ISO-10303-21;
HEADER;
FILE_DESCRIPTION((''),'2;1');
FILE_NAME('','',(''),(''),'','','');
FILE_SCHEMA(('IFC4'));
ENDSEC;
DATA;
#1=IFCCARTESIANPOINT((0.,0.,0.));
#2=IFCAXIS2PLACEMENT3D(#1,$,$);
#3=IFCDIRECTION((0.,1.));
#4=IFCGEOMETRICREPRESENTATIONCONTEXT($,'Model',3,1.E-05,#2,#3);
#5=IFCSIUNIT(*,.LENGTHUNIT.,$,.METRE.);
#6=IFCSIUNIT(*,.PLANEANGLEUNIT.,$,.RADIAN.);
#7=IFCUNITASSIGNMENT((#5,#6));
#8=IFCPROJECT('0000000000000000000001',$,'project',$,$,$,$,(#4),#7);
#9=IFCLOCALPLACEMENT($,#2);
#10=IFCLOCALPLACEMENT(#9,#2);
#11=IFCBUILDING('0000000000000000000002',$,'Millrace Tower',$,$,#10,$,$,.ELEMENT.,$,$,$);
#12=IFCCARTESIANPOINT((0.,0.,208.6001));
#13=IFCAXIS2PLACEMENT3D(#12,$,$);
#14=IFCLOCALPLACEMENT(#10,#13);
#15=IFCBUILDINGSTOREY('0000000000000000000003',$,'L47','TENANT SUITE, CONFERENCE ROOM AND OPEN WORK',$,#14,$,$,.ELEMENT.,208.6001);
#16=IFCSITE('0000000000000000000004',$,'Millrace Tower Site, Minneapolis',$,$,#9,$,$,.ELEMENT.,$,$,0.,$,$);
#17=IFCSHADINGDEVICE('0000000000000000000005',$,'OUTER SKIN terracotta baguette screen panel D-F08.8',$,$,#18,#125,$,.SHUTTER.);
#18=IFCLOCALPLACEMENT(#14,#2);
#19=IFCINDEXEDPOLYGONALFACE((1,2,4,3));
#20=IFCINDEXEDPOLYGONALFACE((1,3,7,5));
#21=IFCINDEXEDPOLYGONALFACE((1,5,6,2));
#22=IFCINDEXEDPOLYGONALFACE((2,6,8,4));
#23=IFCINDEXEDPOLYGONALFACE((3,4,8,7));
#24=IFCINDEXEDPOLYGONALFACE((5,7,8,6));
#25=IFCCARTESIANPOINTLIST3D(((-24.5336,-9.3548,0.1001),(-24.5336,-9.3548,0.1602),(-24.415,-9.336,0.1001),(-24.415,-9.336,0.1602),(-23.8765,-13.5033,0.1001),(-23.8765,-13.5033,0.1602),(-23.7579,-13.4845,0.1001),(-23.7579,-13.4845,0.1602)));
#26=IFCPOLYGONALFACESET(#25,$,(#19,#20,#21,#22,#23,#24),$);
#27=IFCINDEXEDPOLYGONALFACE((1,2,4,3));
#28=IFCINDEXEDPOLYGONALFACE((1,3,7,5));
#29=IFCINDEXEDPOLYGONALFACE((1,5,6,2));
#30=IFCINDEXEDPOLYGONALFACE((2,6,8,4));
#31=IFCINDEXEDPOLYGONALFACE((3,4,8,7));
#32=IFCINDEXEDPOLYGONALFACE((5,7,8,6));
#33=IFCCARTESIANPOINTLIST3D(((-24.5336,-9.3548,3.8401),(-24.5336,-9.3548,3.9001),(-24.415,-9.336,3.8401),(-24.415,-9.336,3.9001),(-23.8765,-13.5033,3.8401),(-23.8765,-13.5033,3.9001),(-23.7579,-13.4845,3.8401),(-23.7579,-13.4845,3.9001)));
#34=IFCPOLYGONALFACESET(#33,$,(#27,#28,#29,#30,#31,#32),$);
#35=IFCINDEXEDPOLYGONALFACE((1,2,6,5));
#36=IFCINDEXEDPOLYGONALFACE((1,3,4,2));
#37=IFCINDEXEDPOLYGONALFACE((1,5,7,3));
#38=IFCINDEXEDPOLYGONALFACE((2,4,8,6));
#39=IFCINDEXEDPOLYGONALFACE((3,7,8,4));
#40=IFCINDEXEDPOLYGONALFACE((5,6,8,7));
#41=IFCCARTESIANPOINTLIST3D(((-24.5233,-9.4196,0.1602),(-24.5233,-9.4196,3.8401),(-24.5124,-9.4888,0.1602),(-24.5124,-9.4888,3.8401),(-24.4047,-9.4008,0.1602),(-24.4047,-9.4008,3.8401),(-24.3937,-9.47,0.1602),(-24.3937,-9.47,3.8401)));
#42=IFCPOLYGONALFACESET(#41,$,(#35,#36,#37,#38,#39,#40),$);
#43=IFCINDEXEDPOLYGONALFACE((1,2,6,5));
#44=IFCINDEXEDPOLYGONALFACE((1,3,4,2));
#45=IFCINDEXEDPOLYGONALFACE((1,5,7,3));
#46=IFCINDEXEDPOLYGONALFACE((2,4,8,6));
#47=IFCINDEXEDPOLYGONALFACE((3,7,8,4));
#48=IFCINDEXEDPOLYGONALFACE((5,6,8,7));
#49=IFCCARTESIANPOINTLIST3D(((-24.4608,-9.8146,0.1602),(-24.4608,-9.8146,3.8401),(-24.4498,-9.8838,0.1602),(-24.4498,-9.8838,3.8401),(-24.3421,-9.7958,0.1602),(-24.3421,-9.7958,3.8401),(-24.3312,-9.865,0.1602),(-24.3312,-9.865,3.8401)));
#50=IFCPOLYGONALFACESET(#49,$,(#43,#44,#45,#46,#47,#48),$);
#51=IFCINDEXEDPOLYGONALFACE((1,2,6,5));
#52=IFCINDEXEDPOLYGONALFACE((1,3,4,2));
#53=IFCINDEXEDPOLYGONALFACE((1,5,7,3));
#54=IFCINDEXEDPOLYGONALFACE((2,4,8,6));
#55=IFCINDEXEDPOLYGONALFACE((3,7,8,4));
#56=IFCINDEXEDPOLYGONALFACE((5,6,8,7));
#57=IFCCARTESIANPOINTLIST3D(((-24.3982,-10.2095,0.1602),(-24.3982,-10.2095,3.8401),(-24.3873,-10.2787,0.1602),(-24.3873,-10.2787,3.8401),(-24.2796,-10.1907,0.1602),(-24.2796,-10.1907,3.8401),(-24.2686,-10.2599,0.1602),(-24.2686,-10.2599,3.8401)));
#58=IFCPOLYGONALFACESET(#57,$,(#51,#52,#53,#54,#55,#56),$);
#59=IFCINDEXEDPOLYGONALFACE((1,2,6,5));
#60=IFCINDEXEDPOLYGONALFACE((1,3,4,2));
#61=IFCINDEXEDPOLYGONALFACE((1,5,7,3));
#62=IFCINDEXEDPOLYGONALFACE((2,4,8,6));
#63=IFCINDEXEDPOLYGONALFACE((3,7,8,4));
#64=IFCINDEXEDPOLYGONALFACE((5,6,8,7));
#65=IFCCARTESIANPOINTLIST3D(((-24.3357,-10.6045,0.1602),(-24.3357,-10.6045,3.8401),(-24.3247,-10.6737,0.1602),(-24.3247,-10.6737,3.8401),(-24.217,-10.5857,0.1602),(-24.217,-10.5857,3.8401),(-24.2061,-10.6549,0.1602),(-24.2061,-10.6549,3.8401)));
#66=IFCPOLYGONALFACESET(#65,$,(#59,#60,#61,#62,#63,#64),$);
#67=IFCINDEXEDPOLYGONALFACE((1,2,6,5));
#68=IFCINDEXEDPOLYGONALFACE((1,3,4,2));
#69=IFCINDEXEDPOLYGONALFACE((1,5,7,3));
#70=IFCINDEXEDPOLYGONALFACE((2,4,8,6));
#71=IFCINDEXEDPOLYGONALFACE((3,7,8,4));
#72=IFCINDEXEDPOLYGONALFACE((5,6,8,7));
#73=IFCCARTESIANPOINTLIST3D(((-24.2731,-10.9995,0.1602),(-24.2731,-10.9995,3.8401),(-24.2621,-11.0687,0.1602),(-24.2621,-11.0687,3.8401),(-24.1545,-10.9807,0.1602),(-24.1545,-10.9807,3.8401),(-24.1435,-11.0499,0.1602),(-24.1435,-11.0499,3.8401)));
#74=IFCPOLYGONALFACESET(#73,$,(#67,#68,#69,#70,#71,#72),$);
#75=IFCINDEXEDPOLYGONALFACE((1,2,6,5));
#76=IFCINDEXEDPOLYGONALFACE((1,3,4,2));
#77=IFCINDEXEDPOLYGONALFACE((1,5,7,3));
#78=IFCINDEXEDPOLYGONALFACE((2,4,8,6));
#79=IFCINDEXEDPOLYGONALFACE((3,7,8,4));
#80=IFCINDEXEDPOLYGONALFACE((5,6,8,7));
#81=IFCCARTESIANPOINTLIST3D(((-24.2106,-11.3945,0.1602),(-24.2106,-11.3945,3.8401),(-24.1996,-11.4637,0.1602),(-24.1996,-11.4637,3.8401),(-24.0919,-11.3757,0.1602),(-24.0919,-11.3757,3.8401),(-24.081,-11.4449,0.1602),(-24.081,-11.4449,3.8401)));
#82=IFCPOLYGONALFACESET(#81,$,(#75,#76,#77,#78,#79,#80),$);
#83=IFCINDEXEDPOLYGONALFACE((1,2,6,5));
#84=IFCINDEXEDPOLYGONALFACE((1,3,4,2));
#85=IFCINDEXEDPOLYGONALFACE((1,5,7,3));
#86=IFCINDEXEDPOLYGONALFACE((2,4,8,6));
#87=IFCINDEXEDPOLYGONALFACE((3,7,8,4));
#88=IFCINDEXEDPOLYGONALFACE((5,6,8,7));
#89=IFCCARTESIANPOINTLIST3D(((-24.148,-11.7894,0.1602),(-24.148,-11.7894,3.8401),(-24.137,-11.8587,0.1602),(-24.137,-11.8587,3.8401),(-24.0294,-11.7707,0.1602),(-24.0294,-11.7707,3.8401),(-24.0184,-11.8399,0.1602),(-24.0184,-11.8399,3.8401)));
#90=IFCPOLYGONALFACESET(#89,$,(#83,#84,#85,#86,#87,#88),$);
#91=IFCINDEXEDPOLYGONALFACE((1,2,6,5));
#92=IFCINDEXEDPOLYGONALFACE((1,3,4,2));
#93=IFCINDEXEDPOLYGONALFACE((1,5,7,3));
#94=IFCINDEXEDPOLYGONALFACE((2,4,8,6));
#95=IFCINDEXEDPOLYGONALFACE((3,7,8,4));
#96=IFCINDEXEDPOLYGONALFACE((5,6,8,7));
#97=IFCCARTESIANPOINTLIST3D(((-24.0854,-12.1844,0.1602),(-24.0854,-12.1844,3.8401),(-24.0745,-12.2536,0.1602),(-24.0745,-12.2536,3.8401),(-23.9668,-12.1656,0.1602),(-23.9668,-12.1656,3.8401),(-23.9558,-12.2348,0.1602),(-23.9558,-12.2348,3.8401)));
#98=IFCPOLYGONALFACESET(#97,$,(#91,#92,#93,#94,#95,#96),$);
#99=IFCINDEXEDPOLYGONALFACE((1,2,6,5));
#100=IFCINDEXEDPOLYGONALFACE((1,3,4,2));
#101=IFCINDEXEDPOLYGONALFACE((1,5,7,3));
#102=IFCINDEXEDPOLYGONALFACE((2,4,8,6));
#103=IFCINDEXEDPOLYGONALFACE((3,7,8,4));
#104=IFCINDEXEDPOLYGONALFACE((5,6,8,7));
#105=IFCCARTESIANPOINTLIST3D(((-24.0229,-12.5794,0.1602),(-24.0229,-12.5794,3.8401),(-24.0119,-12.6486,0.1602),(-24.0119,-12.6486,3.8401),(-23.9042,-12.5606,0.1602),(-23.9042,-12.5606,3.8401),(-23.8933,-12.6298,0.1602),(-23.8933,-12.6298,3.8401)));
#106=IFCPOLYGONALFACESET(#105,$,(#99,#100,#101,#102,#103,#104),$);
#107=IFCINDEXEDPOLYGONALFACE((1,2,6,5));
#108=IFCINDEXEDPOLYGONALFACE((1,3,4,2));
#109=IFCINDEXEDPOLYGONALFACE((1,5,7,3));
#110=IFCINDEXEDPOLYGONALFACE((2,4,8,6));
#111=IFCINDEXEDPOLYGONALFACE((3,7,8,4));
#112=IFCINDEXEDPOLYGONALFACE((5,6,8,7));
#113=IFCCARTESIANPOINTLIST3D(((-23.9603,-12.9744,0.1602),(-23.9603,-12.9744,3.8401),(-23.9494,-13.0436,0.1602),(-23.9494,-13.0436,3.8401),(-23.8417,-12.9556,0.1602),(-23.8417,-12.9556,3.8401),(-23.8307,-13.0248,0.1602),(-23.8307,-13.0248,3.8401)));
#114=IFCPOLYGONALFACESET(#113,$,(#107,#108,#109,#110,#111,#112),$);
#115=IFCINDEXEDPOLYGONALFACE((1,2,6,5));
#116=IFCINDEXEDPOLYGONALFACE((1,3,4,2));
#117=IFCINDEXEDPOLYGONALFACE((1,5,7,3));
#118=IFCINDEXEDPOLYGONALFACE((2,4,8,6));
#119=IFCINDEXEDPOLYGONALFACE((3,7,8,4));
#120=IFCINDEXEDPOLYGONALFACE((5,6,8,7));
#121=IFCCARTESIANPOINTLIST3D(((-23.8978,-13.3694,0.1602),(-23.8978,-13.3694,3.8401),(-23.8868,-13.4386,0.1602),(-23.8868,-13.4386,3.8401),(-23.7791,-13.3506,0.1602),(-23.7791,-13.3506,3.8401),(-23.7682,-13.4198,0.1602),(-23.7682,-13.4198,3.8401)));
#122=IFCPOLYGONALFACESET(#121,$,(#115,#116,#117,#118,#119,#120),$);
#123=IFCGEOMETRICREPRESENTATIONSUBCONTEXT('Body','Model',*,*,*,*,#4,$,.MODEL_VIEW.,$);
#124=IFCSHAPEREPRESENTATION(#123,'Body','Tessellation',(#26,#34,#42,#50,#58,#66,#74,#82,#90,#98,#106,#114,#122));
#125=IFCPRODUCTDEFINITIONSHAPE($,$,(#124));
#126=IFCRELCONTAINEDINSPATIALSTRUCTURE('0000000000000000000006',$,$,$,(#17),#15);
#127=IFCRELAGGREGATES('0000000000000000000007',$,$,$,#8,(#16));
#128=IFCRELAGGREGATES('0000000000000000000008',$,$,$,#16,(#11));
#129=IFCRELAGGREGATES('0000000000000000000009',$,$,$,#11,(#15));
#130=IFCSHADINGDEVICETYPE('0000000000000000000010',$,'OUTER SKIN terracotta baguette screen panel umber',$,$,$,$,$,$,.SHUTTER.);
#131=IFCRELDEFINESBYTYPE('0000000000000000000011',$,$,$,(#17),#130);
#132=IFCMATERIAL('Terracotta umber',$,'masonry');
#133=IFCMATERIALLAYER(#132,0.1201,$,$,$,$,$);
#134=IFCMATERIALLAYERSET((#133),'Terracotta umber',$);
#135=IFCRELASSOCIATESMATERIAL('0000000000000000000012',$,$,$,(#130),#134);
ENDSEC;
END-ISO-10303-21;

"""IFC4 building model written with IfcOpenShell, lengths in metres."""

from ifc_helpers import new_model, entity, si_unit, direction, frame, frame_2d, origin, origin_2d, place, context, subcontext, project, spatial, rectangle, extrude, source, transform, mapped, material, layer, layer_set, type_object, element, save


model = new_model("IFC4")

# Units and contexts
model_context = context("Model", 3, precision=1e-05, world=origin(), true_north=direction((0.0, 1.0)))
body_context = subcontext(model_context, "Body", "Model", "MODEL_VIEW")
ifc_project = project(units=[si_unit("LENGTHUNIT", "METRE"), si_unit("PLANEANGLEUNIT", "RADIAN")], contexts=[model_context])

# Site, building, storey
site_placement = place(None, origin())
site = spatial("IfcSite", under=ifc_project, at=site_placement, Name="Millrace Tower Site, Minneapolis", CompositionType="ELEMENT", RefElevation=0.0)
building_placement = place(site_placement, origin())
building = spatial("IfcBuilding", under=site, at=building_placement, Name="Millrace Tower", CompositionType="ELEMENT")
storey_placement = place(building_placement, frame((0.0, 0.0, 208.6001)))
storey = spatial("IfcBuildingStorey", under=building, at=storey_placement, Name="L47", Description="TENANT SUITE, CONFERENCE ROOM AND OPEN WORK", CompositionType="ELEMENT", Elevation=208.6001)

# Shading device
ifc_material_1 = material(Name="Terracotta umber", Category="masonry")
ifc_layer_1 = layer(ifc_material_1, 0.1201)
ifc_layer_set_1 = layer_set([ifc_layer_1], Name="Terracotta umber")
shading_device_type = type_object("IfcShadingDeviceType", Name="OUTER SKIN terracotta baguette screen panel umber", PredefinedType="SHUTTER", material=ifc_layer_set_1)
cartesian_point = entity("IfcCartesianPoint", [-2.1001, 0.0601])
shared_polyline = entity("IfcPolyline", [cartesian_point, entity("IfcCartesianPoint", [2.1001, 0.0601]), entity("IfcCartesianPoint", [2.1001, -0.0601]), entity("IfcCartesianPoint", [-2.1001, -0.0601]), cartesian_point])
shared_shape = source(origin(), body_context, "Body", "SweptSolid", [
    entity("IfcExtrudedAreaSolid", entity("IfcArbitraryClosedProfileDef", "AREA", None, shared_polyline), entity("IfcAxis2Placement3D", entity("IfcCartesianPoint", [0.0, 0.0, 0.0])), entity("IfcDirection", [0.0, 0.0, 1.0]), 0.0601),
    entity("IfcExtrudedAreaSolid", entity("IfcArbitraryClosedProfileDef", "AREA", None, shared_polyline), entity("IfcAxis2Placement3D", entity("IfcCartesianPoint", [0.0, 0.0, 3.74])), entity("IfcDirection", [0.0, 0.0, 1.0]), 0.0601),
    extrude(rectangle(XDim=0.0701, YDim=0.1201, at=frame_2d((-1.9995, 0.0))), frame((0.0, 0.0, 0.0601)), (0.0, 0.0, 1.0), 3.6799),
    extrude(rectangle(XDim=0.0701, YDim=0.1201, at=frame_2d((-1.5996, 0.0))), frame((0.0, 0.0, 0.0601)), (0.0, 0.0, 1.0), 3.6799),
    extrude(rectangle(XDim=0.0701, YDim=0.1201, at=frame_2d((-1.1997, 0.0))), frame((0.0, 0.0, 0.0601)), (0.0, 0.0, 1.0), 3.6799),
    extrude(rectangle(XDim=0.0701, YDim=0.1201, at=frame_2d((-0.7998, 0.0))), frame((0.0, 0.0, 0.0601)), (0.0, 0.0, 1.0), 3.6799),
    extrude(rectangle(XDim=0.0701, YDim=0.1201, at=frame_2d((-0.3999, 0.0))), frame((0.0, 0.0, 0.0601)), (0.0, 0.0, 1.0), 3.6799),
    extrude(rectangle(XDim=0.0701, YDim=0.1201, at=origin_2d()), frame((0.0, 0.0, 0.0601)), (0.0, 0.0, 1.0), 3.6799),
    extrude(rectangle(XDim=0.0701, YDim=0.1201, at=frame_2d((0.3999, 0.0))), frame((0.0, 0.0, 0.0601)), (0.0, 0.0, 1.0), 3.6799),
    extrude(rectangle(XDim=0.0701, YDim=0.1201, at=frame_2d((0.7998, 0.0))), frame((0.0, 0.0, 0.0601)), (0.0, 0.0, 1.0), 3.6799),
    extrude(rectangle(XDim=0.0701, YDim=0.1201, at=frame_2d((1.1997, 0.0))), frame((0.0, 0.0, 0.0601)), (0.0, 0.0, 1.0), 3.6799),
    extrude(rectangle(XDim=0.0701, YDim=0.1201, at=frame_2d((1.5996, 0.0))), frame((0.0, 0.0, 0.0601)), (0.0, 0.0, 1.0), 3.6799),
    extrude(rectangle(XDim=0.0701, YDim=0.1201, at=frame_2d((1.9995, 0.0))), frame((0.0, 0.0, 0.0601)), (0.0, 0.0, 1.0), 3.6799),
])
for number, where, z_axis, x_axis, name in (
    (1, (-24.1458, -11.4197, 0.1001), (0.0, 0.0, 1.0), (0.156434, -0.987688, 0.0), "OUTER SKIN terracotta baguette screen panel D-F08.8"),
):
    element("IfcShadingDevice", number, at=place(storey_placement, frame(where, z_axis=z_axis, x_axis=x_axis)), inside=storey, type_object=shading_device_type, Name=name, PredefinedType="SHUTTER", context=body_context, shape_type="MappedRepresentation", body=[
        mapped(shared_shape, transform((0.0, 0.0, 0.0), scale=1.0)),
    ])

save(model, "model.ifc")
